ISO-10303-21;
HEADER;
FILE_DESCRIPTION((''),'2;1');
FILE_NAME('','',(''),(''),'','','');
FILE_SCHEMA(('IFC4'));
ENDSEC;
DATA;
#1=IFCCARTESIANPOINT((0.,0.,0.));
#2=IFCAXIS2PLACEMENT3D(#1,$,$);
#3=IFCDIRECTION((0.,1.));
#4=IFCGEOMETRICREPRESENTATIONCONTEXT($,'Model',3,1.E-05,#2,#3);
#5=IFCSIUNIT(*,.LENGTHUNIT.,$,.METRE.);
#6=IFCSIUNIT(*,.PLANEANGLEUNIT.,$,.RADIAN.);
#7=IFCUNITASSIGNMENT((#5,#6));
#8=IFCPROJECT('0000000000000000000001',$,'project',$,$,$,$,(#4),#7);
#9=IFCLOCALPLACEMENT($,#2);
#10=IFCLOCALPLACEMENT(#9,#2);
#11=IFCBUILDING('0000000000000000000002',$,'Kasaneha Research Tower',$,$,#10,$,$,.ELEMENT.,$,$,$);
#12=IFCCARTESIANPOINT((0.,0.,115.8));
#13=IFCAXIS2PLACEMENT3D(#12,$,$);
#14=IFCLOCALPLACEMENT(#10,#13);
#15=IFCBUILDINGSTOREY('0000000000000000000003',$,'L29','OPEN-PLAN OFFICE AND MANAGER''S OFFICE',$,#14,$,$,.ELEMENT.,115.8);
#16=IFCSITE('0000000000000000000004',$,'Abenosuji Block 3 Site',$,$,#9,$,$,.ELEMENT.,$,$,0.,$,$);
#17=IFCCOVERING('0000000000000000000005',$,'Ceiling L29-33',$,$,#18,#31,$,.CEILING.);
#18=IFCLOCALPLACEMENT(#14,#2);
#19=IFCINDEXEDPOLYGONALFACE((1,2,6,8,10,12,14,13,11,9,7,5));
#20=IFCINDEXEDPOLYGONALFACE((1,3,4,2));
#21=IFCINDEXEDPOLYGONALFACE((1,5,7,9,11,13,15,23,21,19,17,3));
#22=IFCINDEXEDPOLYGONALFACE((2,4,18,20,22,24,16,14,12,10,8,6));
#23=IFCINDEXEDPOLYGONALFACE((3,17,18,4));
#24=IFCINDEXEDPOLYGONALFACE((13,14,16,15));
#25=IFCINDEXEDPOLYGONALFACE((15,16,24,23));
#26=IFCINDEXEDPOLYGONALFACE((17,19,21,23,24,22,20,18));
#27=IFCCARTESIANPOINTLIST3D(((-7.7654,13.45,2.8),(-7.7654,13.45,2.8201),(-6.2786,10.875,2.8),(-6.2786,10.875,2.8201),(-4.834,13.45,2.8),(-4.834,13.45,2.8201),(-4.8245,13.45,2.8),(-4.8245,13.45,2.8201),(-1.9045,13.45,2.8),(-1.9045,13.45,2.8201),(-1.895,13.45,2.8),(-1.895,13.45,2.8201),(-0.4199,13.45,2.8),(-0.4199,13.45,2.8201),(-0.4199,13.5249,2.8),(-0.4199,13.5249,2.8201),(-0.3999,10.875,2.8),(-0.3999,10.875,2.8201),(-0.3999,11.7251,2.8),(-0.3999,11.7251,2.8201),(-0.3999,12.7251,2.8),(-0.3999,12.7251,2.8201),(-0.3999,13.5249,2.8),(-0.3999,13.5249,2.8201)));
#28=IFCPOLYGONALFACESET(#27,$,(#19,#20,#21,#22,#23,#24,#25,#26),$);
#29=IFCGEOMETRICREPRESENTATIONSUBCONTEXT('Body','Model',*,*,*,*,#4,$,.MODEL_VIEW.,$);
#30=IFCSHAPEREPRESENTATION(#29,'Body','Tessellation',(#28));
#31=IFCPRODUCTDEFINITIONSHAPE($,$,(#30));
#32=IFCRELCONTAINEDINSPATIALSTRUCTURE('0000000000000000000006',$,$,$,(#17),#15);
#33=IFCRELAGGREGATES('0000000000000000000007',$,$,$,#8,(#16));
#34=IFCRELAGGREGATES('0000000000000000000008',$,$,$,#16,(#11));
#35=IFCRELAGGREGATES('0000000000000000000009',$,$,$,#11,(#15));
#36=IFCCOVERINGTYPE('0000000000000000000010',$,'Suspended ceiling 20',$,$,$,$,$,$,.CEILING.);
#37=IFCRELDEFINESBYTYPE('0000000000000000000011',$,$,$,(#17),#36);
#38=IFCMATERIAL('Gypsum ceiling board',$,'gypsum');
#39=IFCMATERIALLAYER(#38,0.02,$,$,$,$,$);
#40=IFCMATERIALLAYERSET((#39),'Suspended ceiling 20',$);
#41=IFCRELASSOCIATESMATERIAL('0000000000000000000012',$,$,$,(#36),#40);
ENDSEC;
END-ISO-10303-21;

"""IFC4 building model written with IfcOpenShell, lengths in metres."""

from ifc_helpers import new_model, si_unit, direction, frame, origin, place, context, subcontext, project, spatial, polyline, outline, extrude, material, layer, layer_set, type_object, element, save


model = new_model("IFC4")

# Units and contexts
model_context = context("Model", 3, precision=1e-05, world=origin(), true_north=direction((0.0, 1.0)))
body_context = subcontext(model_context, "Body", "Model", "MODEL_VIEW")
ifc_project = project(units=[si_unit("LENGTHUNIT", "METRE"), si_unit("PLANEANGLEUNIT", "RADIAN")], contexts=[model_context])

# Site, building, storey
site_placement = place(None, origin())
site = spatial("IfcSite", under=ifc_project, at=site_placement, Name="Abenosuji Block 3 Site", CompositionType="ELEMENT", RefElevation=0.0)
building_placement = place(site_placement, origin())
building = spatial("IfcBuilding", under=site, at=building_placement, Name="Kasaneha Research Tower", CompositionType="ELEMENT")
storey_placement = place(building_placement, frame((0.0, 0.0, 115.8)))
storey = spatial("IfcBuildingStorey", under=building, at=storey_placement, Name="L29", Description="OPEN-PLAN OFFICE AND MANAGER'S OFFICE", CompositionType="ELEMENT", Elevation=115.8)

# Covering
ifc_material_1 = material(Name="Gypsum ceiling board", Category="gypsum")
ifc_layer_1 = layer(ifc_material_1, 0.02)
ifc_layer_set_1 = layer_set([ifc_layer_1], Name="Suspended ceiling 20")
covering_type_1 = type_object("IfcCoveringType", Name="Suspended ceiling 20", PredefinedType="CEILING", material=ifc_layer_set_1)
covering_1_placement = place(storey_placement, frame((0.0, 0.0, 2.8)))
element("IfcCovering", 1, at=covering_1_placement, inside=storey, type_object=covering_type_1, Name="Ceiling L29-33", PredefinedType="CEILING", context=body_context, shape_type="SweptSolid", body=[
    extrude(outline(polyline([(-0.3999, 11.7251), (-0.3999, 10.875), (-6.2786, 10.875), (-7.7654, 13.45), (-7.7654, 13.45), (-4.834, 13.45), (-4.8245, 13.45), (-1.9045, 13.45), (-1.895, 13.45), (-0.4199, 13.45), (-0.4199, 13.5249), (-0.3999, 13.5249), (-0.3999, 12.7251), (-0.3999, 11.7251)])), origin(), (0.0, 0.0, 1.0), 0.02),
])

save(model, "model.ifc")
